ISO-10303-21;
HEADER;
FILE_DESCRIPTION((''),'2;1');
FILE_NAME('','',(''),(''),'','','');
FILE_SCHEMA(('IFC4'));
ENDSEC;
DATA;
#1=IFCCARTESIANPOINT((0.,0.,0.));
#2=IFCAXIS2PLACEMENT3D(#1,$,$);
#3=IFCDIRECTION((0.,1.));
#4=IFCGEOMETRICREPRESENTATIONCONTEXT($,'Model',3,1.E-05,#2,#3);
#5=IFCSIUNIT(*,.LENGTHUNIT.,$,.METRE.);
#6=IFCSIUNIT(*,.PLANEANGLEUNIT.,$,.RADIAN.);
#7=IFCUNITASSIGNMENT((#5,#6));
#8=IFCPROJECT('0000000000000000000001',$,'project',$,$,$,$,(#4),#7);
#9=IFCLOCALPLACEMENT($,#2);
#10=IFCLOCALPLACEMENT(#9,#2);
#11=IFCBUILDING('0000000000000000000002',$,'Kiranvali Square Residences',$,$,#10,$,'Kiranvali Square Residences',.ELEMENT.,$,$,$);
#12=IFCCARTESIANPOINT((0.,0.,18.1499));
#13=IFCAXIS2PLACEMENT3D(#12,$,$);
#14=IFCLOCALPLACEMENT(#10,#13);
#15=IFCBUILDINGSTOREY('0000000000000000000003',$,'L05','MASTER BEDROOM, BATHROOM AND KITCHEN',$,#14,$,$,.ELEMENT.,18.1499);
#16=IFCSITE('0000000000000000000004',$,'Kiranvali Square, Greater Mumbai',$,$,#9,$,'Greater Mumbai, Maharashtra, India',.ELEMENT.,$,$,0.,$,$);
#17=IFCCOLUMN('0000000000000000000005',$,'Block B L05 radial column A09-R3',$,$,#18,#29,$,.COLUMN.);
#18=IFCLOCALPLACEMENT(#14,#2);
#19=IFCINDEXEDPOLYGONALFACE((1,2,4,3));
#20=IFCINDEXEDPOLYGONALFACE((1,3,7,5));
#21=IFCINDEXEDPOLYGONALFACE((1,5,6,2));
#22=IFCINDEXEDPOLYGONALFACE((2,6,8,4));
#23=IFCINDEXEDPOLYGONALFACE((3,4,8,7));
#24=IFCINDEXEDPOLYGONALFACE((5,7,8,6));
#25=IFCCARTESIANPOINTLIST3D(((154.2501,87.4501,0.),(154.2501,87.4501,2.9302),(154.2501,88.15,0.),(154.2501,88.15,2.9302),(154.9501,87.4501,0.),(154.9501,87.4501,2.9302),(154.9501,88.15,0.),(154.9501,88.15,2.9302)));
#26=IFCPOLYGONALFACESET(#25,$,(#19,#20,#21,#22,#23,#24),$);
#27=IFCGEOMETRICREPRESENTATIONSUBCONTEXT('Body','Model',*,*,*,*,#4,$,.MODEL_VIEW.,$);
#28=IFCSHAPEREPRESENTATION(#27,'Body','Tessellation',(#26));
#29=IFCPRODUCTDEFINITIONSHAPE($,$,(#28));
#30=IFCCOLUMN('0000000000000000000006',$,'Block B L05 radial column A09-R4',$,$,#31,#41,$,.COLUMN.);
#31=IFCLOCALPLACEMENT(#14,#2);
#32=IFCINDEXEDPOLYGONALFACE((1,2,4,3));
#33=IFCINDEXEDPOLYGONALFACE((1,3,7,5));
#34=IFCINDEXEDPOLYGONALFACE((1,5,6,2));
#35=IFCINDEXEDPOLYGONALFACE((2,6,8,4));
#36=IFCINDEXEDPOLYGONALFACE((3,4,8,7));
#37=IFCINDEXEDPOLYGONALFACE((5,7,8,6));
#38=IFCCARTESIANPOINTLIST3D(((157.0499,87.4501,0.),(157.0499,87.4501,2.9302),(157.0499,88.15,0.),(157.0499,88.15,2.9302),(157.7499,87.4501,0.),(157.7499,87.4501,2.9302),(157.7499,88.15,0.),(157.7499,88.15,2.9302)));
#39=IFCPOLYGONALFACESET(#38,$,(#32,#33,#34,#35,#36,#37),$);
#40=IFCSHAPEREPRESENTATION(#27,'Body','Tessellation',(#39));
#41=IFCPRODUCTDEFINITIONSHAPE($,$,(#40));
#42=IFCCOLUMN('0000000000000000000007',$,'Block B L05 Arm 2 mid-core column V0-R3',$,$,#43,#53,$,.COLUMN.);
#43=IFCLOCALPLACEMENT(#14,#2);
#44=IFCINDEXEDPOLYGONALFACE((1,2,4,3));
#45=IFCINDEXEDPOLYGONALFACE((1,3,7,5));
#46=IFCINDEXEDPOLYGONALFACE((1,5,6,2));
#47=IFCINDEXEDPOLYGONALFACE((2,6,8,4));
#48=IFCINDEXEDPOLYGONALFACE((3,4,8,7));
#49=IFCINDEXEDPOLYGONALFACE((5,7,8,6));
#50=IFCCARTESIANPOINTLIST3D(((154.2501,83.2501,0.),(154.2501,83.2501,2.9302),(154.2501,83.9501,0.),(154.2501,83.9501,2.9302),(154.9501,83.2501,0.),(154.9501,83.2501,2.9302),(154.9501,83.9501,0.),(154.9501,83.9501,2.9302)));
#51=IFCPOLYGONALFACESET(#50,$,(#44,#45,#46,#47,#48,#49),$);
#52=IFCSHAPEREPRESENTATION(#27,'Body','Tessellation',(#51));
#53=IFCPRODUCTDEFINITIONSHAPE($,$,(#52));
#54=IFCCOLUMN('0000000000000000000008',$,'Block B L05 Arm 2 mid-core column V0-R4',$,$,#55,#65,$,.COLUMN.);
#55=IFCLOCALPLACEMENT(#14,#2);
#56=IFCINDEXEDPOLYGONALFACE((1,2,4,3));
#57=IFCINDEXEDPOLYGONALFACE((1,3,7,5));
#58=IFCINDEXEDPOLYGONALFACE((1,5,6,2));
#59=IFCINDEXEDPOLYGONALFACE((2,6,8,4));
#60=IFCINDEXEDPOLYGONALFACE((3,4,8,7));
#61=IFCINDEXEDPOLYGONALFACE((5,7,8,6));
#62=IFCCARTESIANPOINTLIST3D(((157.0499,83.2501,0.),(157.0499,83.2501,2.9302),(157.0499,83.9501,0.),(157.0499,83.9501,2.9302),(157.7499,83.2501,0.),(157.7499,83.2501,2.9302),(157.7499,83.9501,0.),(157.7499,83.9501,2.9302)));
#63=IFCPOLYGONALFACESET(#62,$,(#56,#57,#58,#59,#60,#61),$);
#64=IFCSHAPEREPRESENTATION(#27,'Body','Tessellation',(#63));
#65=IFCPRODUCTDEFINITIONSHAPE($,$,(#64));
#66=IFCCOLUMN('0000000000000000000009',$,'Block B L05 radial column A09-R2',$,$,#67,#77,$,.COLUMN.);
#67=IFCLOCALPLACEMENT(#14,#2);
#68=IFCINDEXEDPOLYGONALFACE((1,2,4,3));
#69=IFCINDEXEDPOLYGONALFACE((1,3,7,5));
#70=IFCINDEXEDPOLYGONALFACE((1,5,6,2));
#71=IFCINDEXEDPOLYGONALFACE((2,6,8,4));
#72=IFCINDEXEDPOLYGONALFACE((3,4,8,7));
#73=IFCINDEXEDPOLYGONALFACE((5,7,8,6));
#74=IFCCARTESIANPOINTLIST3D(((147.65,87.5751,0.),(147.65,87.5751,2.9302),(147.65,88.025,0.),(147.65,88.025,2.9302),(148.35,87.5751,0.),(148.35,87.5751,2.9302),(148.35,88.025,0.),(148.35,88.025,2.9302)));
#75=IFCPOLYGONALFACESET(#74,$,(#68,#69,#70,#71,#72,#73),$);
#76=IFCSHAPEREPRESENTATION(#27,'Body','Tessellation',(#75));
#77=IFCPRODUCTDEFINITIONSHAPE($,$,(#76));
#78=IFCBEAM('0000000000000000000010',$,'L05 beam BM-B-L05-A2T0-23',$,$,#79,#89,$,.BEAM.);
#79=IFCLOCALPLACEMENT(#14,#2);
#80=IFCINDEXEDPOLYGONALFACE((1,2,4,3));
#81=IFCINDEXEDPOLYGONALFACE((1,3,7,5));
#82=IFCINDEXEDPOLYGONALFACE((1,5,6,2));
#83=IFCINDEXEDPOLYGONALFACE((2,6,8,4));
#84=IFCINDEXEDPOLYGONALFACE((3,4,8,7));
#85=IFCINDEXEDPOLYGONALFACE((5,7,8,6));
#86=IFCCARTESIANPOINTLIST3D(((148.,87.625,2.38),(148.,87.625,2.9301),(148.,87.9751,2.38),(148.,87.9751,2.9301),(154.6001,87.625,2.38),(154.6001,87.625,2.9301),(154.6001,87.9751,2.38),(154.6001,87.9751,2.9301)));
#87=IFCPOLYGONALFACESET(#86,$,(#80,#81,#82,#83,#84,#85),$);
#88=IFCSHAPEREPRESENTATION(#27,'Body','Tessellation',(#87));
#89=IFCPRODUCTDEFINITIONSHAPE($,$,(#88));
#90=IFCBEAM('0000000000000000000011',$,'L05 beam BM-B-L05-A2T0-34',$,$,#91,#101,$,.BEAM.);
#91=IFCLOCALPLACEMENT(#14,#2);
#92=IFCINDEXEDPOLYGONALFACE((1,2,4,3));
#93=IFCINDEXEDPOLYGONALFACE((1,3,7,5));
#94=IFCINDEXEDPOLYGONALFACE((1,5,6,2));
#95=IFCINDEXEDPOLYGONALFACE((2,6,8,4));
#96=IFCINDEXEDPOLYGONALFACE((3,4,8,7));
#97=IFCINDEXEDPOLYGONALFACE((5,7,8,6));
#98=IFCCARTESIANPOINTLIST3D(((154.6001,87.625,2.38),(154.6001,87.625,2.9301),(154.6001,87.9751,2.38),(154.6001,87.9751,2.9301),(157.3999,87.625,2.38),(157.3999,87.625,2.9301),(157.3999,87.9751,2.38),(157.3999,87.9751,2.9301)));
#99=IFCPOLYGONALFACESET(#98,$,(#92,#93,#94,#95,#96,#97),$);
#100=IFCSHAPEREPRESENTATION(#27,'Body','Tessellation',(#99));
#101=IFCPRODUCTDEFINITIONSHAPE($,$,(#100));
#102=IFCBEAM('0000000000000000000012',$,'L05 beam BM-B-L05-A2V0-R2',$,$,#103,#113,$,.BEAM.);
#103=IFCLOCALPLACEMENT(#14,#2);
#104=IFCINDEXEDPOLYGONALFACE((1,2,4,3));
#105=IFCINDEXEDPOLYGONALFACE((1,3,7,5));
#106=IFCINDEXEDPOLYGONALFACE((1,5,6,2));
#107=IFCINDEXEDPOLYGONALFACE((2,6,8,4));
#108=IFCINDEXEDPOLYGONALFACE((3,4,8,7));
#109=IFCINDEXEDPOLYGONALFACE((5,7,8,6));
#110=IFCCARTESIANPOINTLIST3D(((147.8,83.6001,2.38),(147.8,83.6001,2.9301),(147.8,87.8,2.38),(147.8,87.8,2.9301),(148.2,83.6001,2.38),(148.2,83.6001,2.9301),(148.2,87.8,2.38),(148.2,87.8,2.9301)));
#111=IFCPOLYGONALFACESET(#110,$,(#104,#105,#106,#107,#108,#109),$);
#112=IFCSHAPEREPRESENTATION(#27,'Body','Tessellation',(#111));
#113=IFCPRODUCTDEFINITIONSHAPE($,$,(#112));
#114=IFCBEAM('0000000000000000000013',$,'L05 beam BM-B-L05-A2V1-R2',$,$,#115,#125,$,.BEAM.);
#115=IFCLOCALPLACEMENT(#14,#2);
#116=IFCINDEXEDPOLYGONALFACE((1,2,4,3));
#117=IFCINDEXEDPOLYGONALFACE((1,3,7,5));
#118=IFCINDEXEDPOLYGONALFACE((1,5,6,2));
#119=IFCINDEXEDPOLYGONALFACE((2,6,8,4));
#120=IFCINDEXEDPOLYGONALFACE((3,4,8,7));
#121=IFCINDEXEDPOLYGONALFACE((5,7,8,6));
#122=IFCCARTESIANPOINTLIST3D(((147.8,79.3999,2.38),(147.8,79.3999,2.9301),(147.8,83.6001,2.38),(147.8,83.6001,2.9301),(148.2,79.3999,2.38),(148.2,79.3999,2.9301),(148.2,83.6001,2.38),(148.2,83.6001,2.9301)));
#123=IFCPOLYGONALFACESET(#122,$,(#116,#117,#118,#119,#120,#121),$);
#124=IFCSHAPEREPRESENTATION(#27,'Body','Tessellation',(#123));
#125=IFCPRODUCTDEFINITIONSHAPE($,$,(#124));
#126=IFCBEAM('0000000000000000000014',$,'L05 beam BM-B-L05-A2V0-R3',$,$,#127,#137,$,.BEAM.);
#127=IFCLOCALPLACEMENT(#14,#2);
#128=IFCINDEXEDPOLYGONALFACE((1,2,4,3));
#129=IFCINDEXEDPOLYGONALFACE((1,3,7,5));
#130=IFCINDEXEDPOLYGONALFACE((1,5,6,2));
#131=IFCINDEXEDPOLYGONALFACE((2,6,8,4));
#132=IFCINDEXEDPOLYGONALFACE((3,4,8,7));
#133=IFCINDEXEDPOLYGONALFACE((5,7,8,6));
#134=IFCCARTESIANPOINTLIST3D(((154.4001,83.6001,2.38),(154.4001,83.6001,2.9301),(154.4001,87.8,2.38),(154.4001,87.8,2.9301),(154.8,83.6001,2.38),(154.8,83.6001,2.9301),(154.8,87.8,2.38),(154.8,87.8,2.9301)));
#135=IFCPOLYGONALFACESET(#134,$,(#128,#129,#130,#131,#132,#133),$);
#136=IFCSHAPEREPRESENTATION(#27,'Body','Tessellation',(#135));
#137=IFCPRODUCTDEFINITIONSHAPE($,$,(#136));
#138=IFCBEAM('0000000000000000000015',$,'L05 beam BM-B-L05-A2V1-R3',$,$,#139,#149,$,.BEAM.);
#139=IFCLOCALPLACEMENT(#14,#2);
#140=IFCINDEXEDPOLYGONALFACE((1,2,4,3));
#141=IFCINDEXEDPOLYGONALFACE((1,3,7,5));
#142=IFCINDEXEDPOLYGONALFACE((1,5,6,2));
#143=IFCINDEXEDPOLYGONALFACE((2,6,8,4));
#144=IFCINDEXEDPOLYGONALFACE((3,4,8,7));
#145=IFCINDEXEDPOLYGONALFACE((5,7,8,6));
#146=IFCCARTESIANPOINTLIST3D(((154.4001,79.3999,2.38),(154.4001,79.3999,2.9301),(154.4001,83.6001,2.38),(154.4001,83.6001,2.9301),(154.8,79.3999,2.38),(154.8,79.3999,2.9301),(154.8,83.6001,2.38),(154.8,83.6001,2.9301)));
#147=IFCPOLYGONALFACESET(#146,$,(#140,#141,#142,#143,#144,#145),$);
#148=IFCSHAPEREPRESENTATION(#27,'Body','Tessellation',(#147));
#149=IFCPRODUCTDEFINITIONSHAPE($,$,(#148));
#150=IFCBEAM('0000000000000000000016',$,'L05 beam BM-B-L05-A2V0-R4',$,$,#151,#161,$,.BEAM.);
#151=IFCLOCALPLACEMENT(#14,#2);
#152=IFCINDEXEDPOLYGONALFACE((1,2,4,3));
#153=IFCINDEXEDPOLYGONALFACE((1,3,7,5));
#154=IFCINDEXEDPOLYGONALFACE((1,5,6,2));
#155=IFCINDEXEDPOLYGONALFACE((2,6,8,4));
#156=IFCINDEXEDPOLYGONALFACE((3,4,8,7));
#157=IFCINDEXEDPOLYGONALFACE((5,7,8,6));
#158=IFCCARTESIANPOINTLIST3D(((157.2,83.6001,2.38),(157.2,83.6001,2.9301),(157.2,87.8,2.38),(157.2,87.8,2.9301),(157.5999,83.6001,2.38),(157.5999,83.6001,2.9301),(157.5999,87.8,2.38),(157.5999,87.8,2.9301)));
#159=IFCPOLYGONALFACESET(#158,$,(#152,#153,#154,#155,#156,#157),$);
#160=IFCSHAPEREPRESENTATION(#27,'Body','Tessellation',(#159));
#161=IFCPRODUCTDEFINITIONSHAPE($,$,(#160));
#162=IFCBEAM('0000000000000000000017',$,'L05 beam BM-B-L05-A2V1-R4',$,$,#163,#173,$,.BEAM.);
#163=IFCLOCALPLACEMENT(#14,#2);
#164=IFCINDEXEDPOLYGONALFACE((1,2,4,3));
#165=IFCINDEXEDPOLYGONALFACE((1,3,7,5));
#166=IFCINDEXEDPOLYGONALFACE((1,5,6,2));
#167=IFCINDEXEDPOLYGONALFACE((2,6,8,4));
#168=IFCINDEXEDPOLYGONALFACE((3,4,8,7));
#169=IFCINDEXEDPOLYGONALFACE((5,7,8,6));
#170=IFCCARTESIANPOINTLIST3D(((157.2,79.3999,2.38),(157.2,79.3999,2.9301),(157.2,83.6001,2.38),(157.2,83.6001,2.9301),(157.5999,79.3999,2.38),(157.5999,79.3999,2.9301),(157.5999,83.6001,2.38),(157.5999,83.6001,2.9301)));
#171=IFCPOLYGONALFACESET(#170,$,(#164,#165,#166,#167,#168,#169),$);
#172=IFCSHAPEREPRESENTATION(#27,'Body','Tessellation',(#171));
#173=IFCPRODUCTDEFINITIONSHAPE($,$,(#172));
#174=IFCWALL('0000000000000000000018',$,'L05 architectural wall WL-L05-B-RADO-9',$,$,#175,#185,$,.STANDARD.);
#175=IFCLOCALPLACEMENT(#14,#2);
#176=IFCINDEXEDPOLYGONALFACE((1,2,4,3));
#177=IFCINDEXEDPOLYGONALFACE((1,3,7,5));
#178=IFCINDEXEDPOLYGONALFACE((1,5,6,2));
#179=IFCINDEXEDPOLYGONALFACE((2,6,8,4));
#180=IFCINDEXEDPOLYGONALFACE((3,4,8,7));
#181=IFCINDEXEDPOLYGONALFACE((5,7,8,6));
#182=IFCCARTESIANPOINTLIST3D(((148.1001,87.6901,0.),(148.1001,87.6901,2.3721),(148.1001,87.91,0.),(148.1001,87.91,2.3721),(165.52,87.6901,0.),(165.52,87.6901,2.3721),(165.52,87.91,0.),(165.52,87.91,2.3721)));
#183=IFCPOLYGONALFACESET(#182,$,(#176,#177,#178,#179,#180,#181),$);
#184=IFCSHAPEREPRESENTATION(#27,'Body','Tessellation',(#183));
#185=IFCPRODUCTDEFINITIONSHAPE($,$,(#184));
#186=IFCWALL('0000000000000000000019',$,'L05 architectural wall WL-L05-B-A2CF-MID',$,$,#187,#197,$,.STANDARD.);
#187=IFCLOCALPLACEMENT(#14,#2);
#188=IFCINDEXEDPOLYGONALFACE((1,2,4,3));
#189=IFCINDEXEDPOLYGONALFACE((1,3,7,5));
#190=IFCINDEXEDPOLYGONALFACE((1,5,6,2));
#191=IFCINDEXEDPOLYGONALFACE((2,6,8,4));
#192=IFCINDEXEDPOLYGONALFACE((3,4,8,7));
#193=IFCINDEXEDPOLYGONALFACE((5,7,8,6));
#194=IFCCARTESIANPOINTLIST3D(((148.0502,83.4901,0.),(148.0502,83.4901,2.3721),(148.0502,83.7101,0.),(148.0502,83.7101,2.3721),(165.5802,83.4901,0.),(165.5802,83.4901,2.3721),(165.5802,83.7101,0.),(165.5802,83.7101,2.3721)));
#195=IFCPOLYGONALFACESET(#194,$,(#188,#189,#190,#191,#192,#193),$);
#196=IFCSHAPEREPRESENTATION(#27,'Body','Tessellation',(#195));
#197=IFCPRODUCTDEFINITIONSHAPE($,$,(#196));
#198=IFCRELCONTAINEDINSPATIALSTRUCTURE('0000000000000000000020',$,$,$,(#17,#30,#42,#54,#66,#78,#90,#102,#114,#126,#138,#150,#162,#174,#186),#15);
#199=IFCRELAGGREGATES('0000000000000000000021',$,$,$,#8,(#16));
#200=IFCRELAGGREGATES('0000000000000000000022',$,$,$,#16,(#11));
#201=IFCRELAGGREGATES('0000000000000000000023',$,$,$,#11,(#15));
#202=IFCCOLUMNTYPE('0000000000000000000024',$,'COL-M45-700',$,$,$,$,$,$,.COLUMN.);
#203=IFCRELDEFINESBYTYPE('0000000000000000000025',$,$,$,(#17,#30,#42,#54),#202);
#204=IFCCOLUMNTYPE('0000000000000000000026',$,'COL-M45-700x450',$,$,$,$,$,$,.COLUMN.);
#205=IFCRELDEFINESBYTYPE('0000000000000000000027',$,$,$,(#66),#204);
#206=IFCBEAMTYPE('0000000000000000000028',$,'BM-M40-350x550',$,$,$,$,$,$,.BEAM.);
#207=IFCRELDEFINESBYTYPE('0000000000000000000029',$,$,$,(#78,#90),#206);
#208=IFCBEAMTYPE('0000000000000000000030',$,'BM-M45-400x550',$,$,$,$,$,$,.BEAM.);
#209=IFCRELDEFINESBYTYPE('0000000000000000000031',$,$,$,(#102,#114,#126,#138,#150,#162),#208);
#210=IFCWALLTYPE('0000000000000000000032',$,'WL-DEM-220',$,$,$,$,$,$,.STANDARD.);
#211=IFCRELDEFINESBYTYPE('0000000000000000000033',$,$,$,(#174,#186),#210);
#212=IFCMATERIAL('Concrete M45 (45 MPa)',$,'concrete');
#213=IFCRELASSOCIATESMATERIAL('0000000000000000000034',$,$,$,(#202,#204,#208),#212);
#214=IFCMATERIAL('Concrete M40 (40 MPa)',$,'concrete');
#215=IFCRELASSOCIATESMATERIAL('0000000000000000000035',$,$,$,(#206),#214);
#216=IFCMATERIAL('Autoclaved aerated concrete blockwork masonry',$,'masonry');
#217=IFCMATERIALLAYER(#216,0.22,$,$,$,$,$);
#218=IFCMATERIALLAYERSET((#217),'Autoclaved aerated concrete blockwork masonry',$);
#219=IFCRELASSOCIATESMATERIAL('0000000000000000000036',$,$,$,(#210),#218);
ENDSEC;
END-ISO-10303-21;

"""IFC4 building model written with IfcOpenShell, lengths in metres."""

from ifc_helpers import new_model, si_unit, direction, frame, frame_2d, origin, origin_2d, place, context, subcontext, project, spatial, rectangle, extrude, material, layer, layer_set, material_profile, profile_set, type_object, element, save


model = new_model("IFC4")

# Units and contexts
model_context = context("Model", 3, precision=1e-05, world=origin(), true_north=direction((0.0, 1.0)))
body_context = subcontext(model_context, "Body", "Model", "MODEL_VIEW")
ifc_project = project(units=[si_unit("LENGTHUNIT", "METRE"), si_unit("PLANEANGLEUNIT", "RADIAN")], contexts=[model_context])

# Site, building, storey
site_placement = place(None, origin())
site = spatial("IfcSite", under=ifc_project, at=site_placement, Name="Kiranvali Square, Greater Mumbai", LongName="Greater Mumbai, Maharashtra, India", CompositionType="ELEMENT", RefElevation=0.0)
building_placement = place(site_placement, origin())
building = spatial("IfcBuilding", under=site, at=building_placement, Name="Kiranvali Square Residences", LongName="Kiranvali Square Residences", CompositionType="ELEMENT")
storey_placement = place(building_placement, frame((0.0, 0.0, 18.1499)))
storey = spatial("IfcBuildingStorey", under=building, at=storey_placement, Name="L05", Description="MASTER BEDROOM, BATHROOM AND KITCHEN", CompositionType="ELEMENT", Elevation=18.1499)

# Columns
ifc_material_1 = material(Name="Concrete M45 (45 MPa)", Category="concrete")
ifc_material_profile_1 = material_profile(ifc_material_1, rectangle(XDim=0.7, YDim=0.7, at=origin_2d()), Name="RC 700x700")
ifc_profile_set_1 = profile_set([ifc_material_profile_1], Name="Concrete M45 (45 MPa)")
column_type_1 = type_object("IfcColumnType", Name="COL-M45-700", PredefinedType="COLUMN", material=ifc_profile_set_1)
for number, where, z_axis, x_axis, name in (
    (1, (154.6001, 87.8, 0.0), (0.0, 0.0, 1.0), (0.0, 1.0, 0.0), "Block B L05 radial column A09-R3"),
    (2, (157.3999, 87.8, 0.0), (0.0, 0.0, 1.0), (0.0, 1.0, 0.0), "Block B L05 radial column A09-R4"),
    (3, (154.6001, 83.6001, 0.0), (0.0, 0.0, 1.0), (1.0, 0.0, 0.0), "Block B L05 Arm 2 mid-core column V0-R3"),
    (4, (157.3999, 83.6001, 0.0), (0.0, 0.0, 1.0), (1.0, 0.0, 0.0), "Block B L05 Arm 2 mid-core column V0-R4"),
):
    element("IfcColumn", number, at=place(storey_placement, frame(where, z_axis=z_axis, x_axis=x_axis)), inside=storey, type_object=column_type_1, Name=name, PredefinedType="COLUMN", context=body_context, shape_type="SweptSolid", body=[
        extrude(rectangle(XDim=0.7, YDim=0.7, at=origin_2d()), origin(), (0.0, 0.0, 1.0), 2.9302),
    ])
ifc_material_profile_2 = material_profile(ifc_material_1, rectangle(XDim=0.45, YDim=0.7, at=origin_2d()), Name="RC 700x450")
ifc_profile_set_2 = profile_set([ifc_material_profile_2], Name="Concrete M45 (45 MPa)")
column_type_2 = type_object("IfcColumnType", Name="COL-M45-700x450", PredefinedType="COLUMN", material=ifc_profile_set_2)
column_placement = place(storey_placement, frame((148.0, 87.8, 0.0), z_axis=(0.0, 0.0, 1.0), x_axis=(0.0, 1.0, 0.0)))
element("IfcColumn", 5, at=column_placement, inside=storey, type_object=column_type_2, Name="Block B L05 radial column A09-R2", PredefinedType="COLUMN", context=body_context, shape_type="SweptSolid", body=[
    extrude(rectangle(XDim=0.45, YDim=0.7, at=origin_2d()), origin(), (0.0, 0.0, 1.0), 2.9302),
])

# Beams
ifc_material_2 = material(Name="Concrete M40 (40 MPa)", Category="concrete")
ifc_material_profile_3 = material_profile(ifc_material_2, rectangle(XDim=0.3501, YDim=0.55, at=origin_2d()), Name="RC 350x550")
ifc_profile_set_3 = profile_set([ifc_material_profile_3], Name="Concrete M40 (40 MPa)")
beam_type_1 = type_object("IfcBeamType", Name="BM-M40-350x550", PredefinedType="BEAM", material=ifc_profile_set_3)
beam_1_placement = place(storey_placement, frame((148.0, 87.8, 2.655), z_axis=(1.0, 0.0, 0.0), x_axis=(0.0, 1.0, 0.0)))
element("IfcBeam", 6, at=beam_1_placement, inside=storey, type_object=beam_type_1, Name="L05 beam BM-B-L05-A2T0-23", PredefinedType="BEAM", context=body_context, shape_type="SweptSolid", body=[
    extrude(rectangle(XDim=0.3501, YDim=0.55, at=origin_2d()), origin(), (0.0, 0.0, 1.0), 6.6001),
])
beam_2_placement = place(storey_placement, frame((154.6001, 87.8, 2.655), z_axis=(1.0, 0.0, 0.0), x_axis=(0.0, 1.0, 0.0)))
element("IfcBeam", 7, at=beam_2_placement, inside=storey, type_object=beam_type_1, Name="L05 beam BM-B-L05-A2T0-34", PredefinedType="BEAM", context=body_context, shape_type="SweptSolid", body=[
    extrude(rectangle(XDim=0.3501, YDim=0.55, at=origin_2d()), origin(), (0.0, 0.0, 1.0), 2.7998),
])
ifc_material_profile_4 = material_profile(ifc_material_1, rectangle(XDim=0.3999, YDim=0.55, at=origin_2d()), Name="RC 400x550")
ifc_profile_set_4 = profile_set([ifc_material_profile_4], Name="Concrete M45 (45 MPa)")
beam_type_2 = type_object("IfcBeamType", Name="BM-M45-400x550", PredefinedType="BEAM", material=ifc_profile_set_4)
beam_3_placement = place(storey_placement, frame((148.0, 87.8, 2.655), z_axis=(0.0, -1.0, 0.0), x_axis=(1.0, 0.0, 0.0)))
element("IfcBeam", 8, at=beam_3_placement, inside=storey, type_object=beam_type_2, Name="L05 beam BM-B-L05-A2V0-R2", PredefinedType="BEAM", context=body_context, shape_type="SweptSolid", body=[
    extrude(rectangle(XDim=0.3999, YDim=0.55, at=origin_2d()), origin(), (0.0, 0.0, 1.0), 4.2),
])
beam_4_placement = place(storey_placement, frame((148.0, 83.6001, 2.655), z_axis=(0.0, -1.0, 0.0), x_axis=(1.0, 0.0, 0.0)))
element("IfcBeam", 9, at=beam_4_placement, inside=storey, type_object=beam_type_2, Name="L05 beam BM-B-L05-A2V1-R2", PredefinedType="BEAM", context=body_context, shape_type="SweptSolid", body=[
    extrude(rectangle(XDim=0.3999, YDim=0.55, at=origin_2d()), origin(), (0.0, 0.0, 1.0), 4.2002),
])
beam_5_placement = place(storey_placement, frame((154.6001, 87.8, 2.655), z_axis=(0.0, -1.0, 0.0), x_axis=(1.0, 0.0, 0.0)))
element("IfcBeam", 10, at=beam_5_placement, inside=storey, type_object=beam_type_2, Name="L05 beam BM-B-L05-A2V0-R3", PredefinedType="BEAM", context=body_context, shape_type="SweptSolid", body=[
    extrude(rectangle(XDim=0.3999, YDim=0.55, at=origin_2d()), origin(), (0.0, 0.0, 1.0), 4.2),
])
beam_6_placement = place(storey_placement, frame((154.6001, 83.6001, 2.655), z_axis=(0.0, -1.0, 0.0), x_axis=(1.0, 0.0, 0.0)))
element("IfcBeam", 11, at=beam_6_placement, inside=storey, type_object=beam_type_2, Name="L05 beam BM-B-L05-A2V1-R3", PredefinedType="BEAM", context=body_context, shape_type="SweptSolid", body=[
    extrude(rectangle(XDim=0.3999, YDim=0.55, at=origin_2d()), origin(), (0.0, 0.0, 1.0), 4.2002),
])
beam_7_placement = place(storey_placement, frame((157.3999, 87.8, 2.655), z_axis=(0.0, -1.0, 0.0), x_axis=(1.0, 0.0, 0.0)))
element("IfcBeam", 12, at=beam_7_placement, inside=storey, type_object=beam_type_2, Name="L05 beam BM-B-L05-A2V0-R4", PredefinedType="BEAM", context=body_context, shape_type="SweptSolid", body=[
    extrude(rectangle(XDim=0.3999, YDim=0.55, at=origin_2d()), origin(), (0.0, 0.0, 1.0), 4.2),
])
beam_8_placement = place(storey_placement, frame((157.3999, 83.6001, 2.655), z_axis=(0.0, -1.0, 0.0), x_axis=(1.0, 0.0, 0.0)))
element("IfcBeam", 13, at=beam_8_placement, inside=storey, type_object=beam_type_2, Name="L05 beam BM-B-L05-A2V1-R4", PredefinedType="BEAM", context=body_context, shape_type="SweptSolid", body=[
    extrude(rectangle(XDim=0.3999, YDim=0.55, at=origin_2d()), origin(), (0.0, 0.0, 1.0), 4.2002),
])

# Shared definitions
ifc_material_3 = material(Name="Autoclaved aerated concrete blockwork masonry", Category="masonry")

# Walls
ifc_layer_1 = layer(ifc_material_3, 0.22)
ifc_layer_set_1 = layer_set([ifc_layer_1], Name="Autoclaved aerated concrete blockwork masonry")
wall_type_1 = type_object("IfcWallType", Name="WL-DEM-220", PredefinedType="STANDARD", material=ifc_layer_set_1)
wall_1_placement = place(storey_placement, frame((148.1001, 87.8, 0.0), z_axis=(0.0, 0.0, 1.0), x_axis=(1.0, 0.0, 0.0)))
element("IfcWall", 14, at=wall_1_placement, inside=storey, type_object=wall_type_1, Name="L05 architectural wall WL-L05-B-RADO-9", PredefinedType="STANDARD", context=body_context, shape_type="SweptSolid", body=[
    extrude(rectangle(XDim=17.4199, YDim=0.22, at=frame_2d((8.71, 0.0))), origin(), (0.0, 0.0, 1.0), 2.3721),
])
wall_2_placement = place(storey_placement, frame((148.05, 83.6001, 0.0), z_axis=(0.0, 0.0, 1.0), x_axis=(1.0, 0.0, 0.0)))
element("IfcWall", 15, at=wall_2_placement, inside=storey, type_object=wall_type_1, Name="L05 architectural wall WL-L05-B-A2CF-MID", PredefinedType="STANDARD", context=body_context, shape_type="SweptSolid", body=[
    extrude(rectangle(XDim=17.53, YDim=0.22, at=frame_2d((8.7651, 0.0))), origin(), (0.0, 0.0, 1.0), 2.3721),
])

save(model, "model.ifc")
